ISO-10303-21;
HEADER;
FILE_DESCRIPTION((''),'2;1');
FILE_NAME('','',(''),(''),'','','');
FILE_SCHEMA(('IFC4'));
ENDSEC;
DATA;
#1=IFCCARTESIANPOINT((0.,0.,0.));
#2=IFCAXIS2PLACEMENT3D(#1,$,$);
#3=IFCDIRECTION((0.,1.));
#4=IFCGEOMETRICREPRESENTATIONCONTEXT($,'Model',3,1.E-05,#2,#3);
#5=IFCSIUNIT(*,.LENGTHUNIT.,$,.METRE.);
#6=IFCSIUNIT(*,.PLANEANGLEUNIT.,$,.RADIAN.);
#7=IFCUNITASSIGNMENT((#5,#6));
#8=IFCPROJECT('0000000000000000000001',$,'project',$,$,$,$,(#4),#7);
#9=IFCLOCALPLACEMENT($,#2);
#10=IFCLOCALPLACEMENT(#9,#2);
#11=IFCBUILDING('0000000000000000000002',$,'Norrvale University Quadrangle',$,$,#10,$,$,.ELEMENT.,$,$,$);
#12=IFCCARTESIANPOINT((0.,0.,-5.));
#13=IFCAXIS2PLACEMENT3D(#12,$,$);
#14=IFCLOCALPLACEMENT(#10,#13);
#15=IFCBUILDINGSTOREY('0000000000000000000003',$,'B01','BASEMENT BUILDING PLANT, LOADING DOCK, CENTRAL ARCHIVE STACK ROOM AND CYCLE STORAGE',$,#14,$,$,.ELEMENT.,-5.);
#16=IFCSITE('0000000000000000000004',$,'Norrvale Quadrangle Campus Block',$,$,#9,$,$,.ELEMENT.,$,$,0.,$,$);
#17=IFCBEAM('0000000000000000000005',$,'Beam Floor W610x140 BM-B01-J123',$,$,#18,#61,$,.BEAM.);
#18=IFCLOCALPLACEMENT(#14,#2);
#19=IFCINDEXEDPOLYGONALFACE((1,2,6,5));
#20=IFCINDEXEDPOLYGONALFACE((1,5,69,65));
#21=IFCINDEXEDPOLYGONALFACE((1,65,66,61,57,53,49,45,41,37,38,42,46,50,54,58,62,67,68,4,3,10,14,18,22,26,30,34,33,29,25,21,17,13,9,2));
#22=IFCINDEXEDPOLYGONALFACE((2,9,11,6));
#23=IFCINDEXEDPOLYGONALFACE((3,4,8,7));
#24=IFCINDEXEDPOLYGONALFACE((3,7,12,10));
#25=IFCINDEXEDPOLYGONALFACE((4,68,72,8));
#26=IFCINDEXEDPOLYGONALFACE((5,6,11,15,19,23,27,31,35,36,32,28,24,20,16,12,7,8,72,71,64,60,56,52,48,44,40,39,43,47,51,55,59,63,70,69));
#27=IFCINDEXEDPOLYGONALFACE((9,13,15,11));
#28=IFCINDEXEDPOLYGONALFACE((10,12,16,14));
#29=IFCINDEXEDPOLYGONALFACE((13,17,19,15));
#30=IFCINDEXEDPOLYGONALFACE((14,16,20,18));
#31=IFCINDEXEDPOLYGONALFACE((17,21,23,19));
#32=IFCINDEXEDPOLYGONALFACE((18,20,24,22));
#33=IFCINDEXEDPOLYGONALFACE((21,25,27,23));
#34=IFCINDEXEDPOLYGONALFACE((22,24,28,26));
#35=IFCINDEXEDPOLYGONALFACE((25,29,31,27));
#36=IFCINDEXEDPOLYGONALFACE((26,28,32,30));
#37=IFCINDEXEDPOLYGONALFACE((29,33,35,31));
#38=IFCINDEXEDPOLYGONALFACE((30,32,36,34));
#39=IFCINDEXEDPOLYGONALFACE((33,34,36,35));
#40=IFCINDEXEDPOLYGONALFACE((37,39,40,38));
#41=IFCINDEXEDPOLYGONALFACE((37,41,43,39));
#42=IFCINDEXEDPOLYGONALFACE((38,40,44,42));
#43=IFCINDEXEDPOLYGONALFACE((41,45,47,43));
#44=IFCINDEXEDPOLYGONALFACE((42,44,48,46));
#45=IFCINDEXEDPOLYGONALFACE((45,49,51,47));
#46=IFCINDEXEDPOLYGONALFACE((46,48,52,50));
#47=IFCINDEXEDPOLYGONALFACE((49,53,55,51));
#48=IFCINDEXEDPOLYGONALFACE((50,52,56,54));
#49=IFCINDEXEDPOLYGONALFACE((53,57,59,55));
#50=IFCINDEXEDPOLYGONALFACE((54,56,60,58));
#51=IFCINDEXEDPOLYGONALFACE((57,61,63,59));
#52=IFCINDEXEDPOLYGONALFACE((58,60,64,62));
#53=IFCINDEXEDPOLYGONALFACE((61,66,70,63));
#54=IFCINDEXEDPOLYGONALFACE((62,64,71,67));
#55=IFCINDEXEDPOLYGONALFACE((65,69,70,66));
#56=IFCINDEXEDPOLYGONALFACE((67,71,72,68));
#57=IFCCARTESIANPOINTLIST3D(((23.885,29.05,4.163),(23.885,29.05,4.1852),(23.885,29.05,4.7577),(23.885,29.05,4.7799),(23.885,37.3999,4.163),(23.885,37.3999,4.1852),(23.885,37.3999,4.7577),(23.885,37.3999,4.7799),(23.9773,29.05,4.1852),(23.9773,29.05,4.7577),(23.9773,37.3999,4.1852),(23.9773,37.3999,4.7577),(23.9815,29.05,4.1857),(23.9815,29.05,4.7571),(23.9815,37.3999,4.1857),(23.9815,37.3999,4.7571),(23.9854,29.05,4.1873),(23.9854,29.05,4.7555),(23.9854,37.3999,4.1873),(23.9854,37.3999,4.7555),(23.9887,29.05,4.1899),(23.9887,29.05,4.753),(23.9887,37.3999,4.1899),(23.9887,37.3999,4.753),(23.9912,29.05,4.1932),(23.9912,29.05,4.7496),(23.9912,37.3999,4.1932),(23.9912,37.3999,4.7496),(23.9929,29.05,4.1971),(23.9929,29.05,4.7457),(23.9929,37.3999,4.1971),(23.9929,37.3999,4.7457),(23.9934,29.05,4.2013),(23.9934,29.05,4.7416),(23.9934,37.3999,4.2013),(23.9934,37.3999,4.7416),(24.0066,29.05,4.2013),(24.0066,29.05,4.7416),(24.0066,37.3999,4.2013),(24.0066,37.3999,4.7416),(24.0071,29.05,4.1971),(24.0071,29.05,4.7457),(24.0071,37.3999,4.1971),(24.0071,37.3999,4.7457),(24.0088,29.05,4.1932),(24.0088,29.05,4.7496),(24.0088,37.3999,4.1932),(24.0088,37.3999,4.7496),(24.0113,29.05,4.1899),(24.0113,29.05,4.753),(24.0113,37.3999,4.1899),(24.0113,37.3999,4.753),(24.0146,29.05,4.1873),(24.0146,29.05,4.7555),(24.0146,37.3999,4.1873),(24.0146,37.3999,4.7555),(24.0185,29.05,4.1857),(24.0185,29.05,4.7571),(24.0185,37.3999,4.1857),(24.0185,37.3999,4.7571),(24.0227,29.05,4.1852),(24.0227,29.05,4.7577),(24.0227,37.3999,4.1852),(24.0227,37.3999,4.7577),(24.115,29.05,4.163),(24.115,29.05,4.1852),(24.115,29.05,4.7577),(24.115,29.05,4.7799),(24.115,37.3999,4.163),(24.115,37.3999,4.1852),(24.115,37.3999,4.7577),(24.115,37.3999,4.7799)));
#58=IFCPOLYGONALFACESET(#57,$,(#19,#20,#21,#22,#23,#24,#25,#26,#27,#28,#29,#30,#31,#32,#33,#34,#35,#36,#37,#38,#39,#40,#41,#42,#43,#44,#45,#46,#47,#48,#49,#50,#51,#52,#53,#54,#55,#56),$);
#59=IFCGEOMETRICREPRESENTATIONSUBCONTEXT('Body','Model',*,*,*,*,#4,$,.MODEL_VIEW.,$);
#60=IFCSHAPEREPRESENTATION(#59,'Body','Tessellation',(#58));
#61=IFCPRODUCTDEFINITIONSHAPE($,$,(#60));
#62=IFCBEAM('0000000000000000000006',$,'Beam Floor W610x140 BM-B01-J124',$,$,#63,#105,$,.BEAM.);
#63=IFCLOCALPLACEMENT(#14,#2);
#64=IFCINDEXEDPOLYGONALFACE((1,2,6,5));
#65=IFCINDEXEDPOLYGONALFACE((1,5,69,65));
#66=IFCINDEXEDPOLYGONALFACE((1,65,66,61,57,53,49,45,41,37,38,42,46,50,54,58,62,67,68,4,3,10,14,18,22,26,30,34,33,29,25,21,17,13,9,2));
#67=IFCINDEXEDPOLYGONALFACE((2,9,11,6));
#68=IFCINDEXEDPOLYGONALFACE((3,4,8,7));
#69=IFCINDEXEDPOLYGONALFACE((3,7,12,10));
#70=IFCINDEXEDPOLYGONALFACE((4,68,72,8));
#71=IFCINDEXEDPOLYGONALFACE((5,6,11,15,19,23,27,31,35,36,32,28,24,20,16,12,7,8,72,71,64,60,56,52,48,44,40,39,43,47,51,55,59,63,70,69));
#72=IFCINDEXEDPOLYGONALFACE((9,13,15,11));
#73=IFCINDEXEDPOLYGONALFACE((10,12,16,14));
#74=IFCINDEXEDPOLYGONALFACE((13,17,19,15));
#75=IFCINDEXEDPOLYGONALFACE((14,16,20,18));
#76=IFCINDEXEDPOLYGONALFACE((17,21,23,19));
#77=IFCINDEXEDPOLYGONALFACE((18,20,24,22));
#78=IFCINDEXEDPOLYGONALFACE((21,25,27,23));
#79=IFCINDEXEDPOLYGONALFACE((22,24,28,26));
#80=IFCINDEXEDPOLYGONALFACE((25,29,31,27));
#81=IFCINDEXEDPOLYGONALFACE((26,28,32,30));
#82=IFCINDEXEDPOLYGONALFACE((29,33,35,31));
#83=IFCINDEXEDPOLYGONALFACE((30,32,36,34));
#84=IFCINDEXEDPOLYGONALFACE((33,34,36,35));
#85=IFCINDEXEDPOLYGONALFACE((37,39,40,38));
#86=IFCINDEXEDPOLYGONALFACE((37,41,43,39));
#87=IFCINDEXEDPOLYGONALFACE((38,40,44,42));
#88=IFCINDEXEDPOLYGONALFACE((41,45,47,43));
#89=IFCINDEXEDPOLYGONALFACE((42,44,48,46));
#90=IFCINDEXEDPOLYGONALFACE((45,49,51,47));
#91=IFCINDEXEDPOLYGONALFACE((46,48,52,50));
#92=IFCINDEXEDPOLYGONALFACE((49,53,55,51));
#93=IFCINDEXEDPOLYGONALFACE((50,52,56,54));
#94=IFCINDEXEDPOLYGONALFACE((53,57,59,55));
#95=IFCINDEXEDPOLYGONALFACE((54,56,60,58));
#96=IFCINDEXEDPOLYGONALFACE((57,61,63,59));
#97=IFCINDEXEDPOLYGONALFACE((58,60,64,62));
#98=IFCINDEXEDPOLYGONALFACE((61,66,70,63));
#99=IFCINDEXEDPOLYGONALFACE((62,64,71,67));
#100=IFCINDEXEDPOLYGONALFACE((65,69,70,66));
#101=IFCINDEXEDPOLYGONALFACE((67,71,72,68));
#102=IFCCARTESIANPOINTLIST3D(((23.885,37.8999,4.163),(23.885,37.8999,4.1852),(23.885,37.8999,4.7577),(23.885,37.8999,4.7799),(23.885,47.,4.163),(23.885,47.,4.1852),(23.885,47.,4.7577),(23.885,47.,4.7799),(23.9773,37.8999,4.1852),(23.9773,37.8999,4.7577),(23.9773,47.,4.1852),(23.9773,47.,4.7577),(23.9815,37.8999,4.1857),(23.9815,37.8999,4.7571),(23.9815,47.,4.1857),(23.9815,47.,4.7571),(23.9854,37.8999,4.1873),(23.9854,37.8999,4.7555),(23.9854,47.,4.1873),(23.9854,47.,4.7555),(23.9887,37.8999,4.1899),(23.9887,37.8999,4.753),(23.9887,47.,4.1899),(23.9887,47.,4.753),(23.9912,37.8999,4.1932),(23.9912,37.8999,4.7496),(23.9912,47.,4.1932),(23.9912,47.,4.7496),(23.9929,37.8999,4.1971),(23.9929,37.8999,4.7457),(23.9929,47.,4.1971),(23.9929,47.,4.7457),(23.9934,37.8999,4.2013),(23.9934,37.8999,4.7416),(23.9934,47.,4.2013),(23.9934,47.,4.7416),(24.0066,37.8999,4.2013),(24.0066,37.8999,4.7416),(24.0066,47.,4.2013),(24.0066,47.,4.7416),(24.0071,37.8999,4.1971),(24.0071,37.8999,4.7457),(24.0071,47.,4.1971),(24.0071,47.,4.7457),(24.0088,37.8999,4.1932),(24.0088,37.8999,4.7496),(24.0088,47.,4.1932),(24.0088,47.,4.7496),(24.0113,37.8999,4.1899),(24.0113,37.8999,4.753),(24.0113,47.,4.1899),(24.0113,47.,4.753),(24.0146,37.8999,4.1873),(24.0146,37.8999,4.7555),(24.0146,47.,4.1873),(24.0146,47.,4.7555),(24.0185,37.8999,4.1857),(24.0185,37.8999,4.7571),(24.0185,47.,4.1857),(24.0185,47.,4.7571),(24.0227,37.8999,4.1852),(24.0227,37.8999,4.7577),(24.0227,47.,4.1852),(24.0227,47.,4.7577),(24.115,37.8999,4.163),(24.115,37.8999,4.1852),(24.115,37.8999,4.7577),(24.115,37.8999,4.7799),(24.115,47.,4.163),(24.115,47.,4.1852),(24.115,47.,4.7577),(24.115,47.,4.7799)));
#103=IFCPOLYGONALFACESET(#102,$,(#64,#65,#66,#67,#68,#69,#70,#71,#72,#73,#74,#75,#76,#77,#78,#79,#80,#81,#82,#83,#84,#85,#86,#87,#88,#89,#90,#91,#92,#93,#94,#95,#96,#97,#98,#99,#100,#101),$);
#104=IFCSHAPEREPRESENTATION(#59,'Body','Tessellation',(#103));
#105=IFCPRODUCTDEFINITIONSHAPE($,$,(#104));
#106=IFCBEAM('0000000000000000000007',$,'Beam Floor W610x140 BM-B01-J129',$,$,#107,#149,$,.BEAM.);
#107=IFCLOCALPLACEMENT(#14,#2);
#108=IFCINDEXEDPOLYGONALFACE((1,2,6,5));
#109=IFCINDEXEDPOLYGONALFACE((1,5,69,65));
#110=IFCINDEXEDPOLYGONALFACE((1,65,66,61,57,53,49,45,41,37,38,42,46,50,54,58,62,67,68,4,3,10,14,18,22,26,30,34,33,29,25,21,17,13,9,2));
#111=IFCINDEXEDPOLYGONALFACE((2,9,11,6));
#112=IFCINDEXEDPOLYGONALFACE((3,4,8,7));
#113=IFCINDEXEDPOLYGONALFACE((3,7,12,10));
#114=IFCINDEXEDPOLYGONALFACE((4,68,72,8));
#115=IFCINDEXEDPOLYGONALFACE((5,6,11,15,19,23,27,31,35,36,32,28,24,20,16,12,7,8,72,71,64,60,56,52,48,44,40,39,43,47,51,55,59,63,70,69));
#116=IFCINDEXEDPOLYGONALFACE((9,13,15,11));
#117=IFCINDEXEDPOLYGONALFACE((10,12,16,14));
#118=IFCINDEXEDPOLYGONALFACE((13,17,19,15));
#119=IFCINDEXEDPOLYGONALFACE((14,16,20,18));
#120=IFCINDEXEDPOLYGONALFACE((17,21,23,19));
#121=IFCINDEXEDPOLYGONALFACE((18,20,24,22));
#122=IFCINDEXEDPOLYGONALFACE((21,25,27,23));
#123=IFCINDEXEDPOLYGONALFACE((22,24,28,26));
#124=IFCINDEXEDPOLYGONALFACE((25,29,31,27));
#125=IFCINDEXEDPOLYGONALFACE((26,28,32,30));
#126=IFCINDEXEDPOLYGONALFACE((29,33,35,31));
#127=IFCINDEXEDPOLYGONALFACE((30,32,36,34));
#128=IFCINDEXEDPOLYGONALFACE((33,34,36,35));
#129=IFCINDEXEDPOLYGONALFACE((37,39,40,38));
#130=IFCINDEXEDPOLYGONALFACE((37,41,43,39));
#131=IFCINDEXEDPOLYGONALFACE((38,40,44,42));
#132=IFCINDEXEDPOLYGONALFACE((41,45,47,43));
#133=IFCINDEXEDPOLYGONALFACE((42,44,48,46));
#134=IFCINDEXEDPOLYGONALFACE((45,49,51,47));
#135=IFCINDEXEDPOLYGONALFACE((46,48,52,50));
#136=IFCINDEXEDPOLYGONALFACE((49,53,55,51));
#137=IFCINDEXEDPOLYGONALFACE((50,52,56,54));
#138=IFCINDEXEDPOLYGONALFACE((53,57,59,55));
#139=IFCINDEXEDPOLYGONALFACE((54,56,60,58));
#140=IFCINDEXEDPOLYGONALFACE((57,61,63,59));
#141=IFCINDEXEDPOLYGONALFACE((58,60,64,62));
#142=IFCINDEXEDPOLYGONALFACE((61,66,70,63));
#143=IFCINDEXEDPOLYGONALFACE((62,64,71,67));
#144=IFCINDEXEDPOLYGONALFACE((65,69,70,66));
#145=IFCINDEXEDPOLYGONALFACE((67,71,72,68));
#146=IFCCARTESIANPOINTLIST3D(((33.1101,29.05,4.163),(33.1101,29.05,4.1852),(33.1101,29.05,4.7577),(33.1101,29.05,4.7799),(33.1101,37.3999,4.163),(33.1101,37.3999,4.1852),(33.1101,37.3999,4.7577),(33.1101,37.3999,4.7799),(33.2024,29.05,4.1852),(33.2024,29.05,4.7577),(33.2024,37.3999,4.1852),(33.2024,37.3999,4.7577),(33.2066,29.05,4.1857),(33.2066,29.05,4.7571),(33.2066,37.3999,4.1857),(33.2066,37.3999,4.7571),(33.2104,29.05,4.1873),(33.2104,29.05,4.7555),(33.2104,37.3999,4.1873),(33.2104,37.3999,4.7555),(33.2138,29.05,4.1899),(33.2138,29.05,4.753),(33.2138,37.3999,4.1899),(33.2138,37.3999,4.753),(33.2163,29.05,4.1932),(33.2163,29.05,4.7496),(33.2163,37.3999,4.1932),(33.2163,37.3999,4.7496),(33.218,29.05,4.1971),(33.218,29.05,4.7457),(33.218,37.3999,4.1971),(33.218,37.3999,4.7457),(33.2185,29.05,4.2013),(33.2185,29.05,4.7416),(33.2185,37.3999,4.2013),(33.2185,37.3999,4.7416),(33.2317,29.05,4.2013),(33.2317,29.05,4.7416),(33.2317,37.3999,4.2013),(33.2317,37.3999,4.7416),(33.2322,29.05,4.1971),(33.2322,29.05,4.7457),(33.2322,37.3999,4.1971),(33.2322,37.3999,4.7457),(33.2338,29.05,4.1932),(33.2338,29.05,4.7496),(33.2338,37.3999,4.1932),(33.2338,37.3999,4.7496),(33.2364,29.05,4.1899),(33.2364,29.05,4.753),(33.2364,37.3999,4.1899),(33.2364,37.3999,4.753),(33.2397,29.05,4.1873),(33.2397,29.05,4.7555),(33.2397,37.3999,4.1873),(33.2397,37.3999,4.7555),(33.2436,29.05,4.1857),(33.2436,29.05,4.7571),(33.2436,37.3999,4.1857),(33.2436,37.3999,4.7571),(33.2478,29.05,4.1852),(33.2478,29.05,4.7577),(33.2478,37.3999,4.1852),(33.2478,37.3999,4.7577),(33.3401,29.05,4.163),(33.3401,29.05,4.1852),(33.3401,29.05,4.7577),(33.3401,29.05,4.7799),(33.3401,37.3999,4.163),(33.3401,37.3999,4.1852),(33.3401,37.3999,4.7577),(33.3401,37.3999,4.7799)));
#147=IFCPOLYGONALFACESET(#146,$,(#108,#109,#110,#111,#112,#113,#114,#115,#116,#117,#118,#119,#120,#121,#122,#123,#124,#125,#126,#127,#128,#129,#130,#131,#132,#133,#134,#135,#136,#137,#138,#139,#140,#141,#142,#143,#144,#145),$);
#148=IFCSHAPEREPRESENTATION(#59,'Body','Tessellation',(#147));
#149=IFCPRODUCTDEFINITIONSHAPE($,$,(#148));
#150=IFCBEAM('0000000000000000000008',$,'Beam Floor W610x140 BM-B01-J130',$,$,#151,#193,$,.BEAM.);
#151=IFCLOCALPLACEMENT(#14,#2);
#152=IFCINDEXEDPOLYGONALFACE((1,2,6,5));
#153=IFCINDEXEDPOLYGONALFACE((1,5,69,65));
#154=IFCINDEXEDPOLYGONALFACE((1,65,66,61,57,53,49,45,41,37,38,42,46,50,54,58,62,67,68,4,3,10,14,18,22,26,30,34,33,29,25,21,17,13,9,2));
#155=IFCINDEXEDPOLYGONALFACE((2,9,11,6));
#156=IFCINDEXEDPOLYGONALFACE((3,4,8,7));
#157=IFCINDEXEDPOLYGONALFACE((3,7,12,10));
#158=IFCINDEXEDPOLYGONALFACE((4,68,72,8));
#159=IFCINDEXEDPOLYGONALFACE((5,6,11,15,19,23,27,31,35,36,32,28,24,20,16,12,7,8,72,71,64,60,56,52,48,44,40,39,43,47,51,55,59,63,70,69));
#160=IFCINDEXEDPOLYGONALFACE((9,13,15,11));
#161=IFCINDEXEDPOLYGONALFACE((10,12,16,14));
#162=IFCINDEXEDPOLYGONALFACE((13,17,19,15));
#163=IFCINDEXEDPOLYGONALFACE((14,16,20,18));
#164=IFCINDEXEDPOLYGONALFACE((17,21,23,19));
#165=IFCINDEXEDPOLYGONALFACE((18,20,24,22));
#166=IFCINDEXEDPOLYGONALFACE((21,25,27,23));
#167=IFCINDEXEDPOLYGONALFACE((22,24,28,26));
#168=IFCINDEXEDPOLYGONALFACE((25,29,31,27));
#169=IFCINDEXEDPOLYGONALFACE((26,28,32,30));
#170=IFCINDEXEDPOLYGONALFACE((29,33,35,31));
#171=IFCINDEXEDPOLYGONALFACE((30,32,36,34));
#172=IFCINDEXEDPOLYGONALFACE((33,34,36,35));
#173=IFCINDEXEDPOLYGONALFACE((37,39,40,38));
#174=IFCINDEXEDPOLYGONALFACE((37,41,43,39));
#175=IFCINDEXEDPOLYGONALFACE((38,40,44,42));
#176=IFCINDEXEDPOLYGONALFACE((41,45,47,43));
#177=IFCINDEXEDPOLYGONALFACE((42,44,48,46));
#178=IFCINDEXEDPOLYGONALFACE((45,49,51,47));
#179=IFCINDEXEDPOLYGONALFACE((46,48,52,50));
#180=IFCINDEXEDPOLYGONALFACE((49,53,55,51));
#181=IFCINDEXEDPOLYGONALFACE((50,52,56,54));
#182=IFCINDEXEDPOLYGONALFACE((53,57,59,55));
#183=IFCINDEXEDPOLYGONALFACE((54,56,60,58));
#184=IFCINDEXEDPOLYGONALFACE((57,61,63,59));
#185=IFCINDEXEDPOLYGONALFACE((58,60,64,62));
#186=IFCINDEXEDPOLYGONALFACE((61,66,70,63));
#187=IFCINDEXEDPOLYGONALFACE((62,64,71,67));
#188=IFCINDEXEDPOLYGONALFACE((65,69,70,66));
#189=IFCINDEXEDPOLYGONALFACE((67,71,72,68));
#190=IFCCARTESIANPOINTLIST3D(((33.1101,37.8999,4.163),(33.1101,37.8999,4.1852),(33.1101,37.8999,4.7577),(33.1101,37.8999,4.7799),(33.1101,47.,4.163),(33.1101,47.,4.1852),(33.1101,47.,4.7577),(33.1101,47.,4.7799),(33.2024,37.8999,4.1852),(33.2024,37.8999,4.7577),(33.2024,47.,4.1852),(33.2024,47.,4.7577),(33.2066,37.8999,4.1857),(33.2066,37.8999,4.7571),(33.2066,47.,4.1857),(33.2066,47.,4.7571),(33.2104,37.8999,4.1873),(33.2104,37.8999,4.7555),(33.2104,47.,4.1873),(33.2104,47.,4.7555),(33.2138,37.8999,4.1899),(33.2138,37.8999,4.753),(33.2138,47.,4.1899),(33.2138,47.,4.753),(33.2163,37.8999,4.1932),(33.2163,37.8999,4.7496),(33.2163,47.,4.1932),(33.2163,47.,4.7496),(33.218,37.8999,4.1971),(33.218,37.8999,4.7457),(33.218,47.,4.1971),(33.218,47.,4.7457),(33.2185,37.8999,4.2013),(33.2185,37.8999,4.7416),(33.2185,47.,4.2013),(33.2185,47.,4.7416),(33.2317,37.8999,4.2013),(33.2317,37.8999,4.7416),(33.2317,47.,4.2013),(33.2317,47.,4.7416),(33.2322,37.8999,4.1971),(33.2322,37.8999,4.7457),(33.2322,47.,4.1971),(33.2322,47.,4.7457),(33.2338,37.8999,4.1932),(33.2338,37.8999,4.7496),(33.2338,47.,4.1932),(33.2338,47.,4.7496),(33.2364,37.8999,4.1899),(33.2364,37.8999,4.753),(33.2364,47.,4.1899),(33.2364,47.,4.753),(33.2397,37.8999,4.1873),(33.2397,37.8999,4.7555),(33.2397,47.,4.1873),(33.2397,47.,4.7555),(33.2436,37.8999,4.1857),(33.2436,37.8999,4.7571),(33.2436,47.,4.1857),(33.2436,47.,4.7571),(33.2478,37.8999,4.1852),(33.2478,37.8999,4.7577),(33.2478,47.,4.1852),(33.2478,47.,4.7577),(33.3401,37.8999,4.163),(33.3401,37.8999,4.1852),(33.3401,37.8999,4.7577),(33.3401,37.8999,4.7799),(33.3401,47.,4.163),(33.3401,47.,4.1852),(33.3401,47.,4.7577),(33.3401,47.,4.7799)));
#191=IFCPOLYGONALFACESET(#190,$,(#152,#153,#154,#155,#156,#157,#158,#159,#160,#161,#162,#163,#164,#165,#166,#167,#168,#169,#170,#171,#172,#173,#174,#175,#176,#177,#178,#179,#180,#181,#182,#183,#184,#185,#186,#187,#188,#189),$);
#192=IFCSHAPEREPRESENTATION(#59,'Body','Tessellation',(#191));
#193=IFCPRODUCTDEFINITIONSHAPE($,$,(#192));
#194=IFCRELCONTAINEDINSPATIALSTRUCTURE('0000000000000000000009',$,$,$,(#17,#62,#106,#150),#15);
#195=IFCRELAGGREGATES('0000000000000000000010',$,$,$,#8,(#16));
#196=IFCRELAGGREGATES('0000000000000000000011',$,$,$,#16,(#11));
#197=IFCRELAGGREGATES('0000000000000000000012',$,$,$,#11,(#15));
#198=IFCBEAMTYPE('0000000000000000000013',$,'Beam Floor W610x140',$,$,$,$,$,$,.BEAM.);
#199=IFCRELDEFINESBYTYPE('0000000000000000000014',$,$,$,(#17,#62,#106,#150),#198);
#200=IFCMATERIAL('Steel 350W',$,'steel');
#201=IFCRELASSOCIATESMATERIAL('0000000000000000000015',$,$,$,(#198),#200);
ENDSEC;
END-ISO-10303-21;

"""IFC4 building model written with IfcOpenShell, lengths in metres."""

from ifc_helpers import new_model, si_unit, direction, frame, origin, origin_2d, place, context, subcontext, project, spatial, i_section, extrude, material, material_profile, profile_set, type_object, element, save


model = new_model("IFC4")

# Units and contexts
model_context = context("Model", 3, precision=1e-05, world=origin(), true_north=direction((0.0, 1.0)))
body_context = subcontext(model_context, "Body", "Model", "MODEL_VIEW")
ifc_project = project(units=[si_unit("LENGTHUNIT", "METRE"), si_unit("PLANEANGLEUNIT", "RADIAN")], contexts=[model_context])

# Site, building, storey
site_placement = place(None, origin())
site = spatial("IfcSite", under=ifc_project, at=site_placement, Name="Norrvale Quadrangle Campus Block", CompositionType="ELEMENT", RefElevation=0.0)
building_placement = place(site_placement, origin())
building = spatial("IfcBuilding", under=site, at=building_placement, Name="Norrvale University Quadrangle", CompositionType="ELEMENT")
storey_placement = place(building_placement, frame((0.0, 0.0, -5.0)))
storey = spatial("IfcBuildingStorey", under=building, at=storey_placement, Name="B01", Description="BASEMENT BUILDING PLANT, LOADING DOCK, CENTRAL ARCHIVE STACK ROOM AND CYCLE STORAGE", CompositionType="ELEMENT", Elevation=-5.0)

# Beams
ifc_material_1 = material(Name="Steel 350W", Category="steel")
ifc_material_profile_1 = material_profile(ifc_material_1, i_section(OverallWidth=0.23, OverallDepth=0.6169, WebThickness=0.0132, FlangeThickness=0.0222, FilletRadius=0.0161, at=origin_2d()), Name="Steel 350W")
ifc_profile_set_1 = profile_set([ifc_material_profile_1], Name="Steel 350W")
beam_type_1 = type_object("IfcBeamType", Name="Beam Floor W610x140", PredefinedType="BEAM", material=ifc_profile_set_1)
beam_1_placement = place(storey_placement, frame((24.0, 29.05, 4.4714), z_axis=(0.0, 1.0, 0.0), x_axis=(-1.0, 0.0, 0.0)))
element("IfcBeam", 1, at=beam_1_placement, inside=storey, type_object=beam_type_1, Name="Beam Floor W610x140 BM-B01-J123", PredefinedType="BEAM", context=body_context, shape_type="SweptSolid", body=[
    extrude(i_section(OverallWidth=0.23, OverallDepth=0.6169, WebThickness=0.0132, FlangeThickness=0.0222, FilletRadius=0.0161, at=origin_2d()), origin(), (0.0, 0.0, 1.0), 8.3499),
])
beam_2_placement = place(storey_placement, frame((24.0, 37.8999, 4.4714), z_axis=(0.0, 1.0, 0.0), x_axis=(-1.0, 0.0, 0.0)))
element("IfcBeam", 2, at=beam_2_placement, inside=storey, type_object=beam_type_1, Name="Beam Floor W610x140 BM-B01-J124", PredefinedType="BEAM", context=body_context, shape_type="SweptSolid", body=[
    extrude(i_section(OverallWidth=0.23, OverallDepth=0.6169, WebThickness=0.0132, FlangeThickness=0.0222, FilletRadius=0.0161, at=origin_2d()), origin(), (0.0, 0.0, 1.0), 9.1001),
])
beam_3_placement = place(storey_placement, frame((33.2251, 29.05, 4.4714), z_axis=(0.0, 1.0, 0.0), x_axis=(-1.0, 0.0, 0.0)))
element("IfcBeam", 3, at=beam_3_placement, inside=storey, type_object=beam_type_1, Name="Beam Floor W610x140 BM-B01-J129", PredefinedType="BEAM", context=body_context, shape_type="SweptSolid", body=[
    extrude(i_section(OverallWidth=0.23, OverallDepth=0.6169, WebThickness=0.0132, FlangeThickness=0.0222, FilletRadius=0.0161, at=origin_2d()), origin(), (0.0, 0.0, 1.0), 8.3499),
])
beam_4_placement = place(storey_placement, frame((33.2251, 37.8999, 4.4714), z_axis=(0.0, 1.0, 0.0), x_axis=(-1.0, 0.0, 0.0)))
element("IfcBeam", 4, at=beam_4_placement, inside=storey, type_object=beam_type_1, Name="Beam Floor W610x140 BM-B01-J130", PredefinedType="BEAM", context=body_context, shape_type="SweptSolid", body=[
    extrude(i_section(OverallWidth=0.23, OverallDepth=0.6169, WebThickness=0.0132, FlangeThickness=0.0222, FilletRadius=0.0161, at=origin_2d()), origin(), (0.0, 0.0, 1.0), 9.1001),
])

save(model, "model.ifc")
